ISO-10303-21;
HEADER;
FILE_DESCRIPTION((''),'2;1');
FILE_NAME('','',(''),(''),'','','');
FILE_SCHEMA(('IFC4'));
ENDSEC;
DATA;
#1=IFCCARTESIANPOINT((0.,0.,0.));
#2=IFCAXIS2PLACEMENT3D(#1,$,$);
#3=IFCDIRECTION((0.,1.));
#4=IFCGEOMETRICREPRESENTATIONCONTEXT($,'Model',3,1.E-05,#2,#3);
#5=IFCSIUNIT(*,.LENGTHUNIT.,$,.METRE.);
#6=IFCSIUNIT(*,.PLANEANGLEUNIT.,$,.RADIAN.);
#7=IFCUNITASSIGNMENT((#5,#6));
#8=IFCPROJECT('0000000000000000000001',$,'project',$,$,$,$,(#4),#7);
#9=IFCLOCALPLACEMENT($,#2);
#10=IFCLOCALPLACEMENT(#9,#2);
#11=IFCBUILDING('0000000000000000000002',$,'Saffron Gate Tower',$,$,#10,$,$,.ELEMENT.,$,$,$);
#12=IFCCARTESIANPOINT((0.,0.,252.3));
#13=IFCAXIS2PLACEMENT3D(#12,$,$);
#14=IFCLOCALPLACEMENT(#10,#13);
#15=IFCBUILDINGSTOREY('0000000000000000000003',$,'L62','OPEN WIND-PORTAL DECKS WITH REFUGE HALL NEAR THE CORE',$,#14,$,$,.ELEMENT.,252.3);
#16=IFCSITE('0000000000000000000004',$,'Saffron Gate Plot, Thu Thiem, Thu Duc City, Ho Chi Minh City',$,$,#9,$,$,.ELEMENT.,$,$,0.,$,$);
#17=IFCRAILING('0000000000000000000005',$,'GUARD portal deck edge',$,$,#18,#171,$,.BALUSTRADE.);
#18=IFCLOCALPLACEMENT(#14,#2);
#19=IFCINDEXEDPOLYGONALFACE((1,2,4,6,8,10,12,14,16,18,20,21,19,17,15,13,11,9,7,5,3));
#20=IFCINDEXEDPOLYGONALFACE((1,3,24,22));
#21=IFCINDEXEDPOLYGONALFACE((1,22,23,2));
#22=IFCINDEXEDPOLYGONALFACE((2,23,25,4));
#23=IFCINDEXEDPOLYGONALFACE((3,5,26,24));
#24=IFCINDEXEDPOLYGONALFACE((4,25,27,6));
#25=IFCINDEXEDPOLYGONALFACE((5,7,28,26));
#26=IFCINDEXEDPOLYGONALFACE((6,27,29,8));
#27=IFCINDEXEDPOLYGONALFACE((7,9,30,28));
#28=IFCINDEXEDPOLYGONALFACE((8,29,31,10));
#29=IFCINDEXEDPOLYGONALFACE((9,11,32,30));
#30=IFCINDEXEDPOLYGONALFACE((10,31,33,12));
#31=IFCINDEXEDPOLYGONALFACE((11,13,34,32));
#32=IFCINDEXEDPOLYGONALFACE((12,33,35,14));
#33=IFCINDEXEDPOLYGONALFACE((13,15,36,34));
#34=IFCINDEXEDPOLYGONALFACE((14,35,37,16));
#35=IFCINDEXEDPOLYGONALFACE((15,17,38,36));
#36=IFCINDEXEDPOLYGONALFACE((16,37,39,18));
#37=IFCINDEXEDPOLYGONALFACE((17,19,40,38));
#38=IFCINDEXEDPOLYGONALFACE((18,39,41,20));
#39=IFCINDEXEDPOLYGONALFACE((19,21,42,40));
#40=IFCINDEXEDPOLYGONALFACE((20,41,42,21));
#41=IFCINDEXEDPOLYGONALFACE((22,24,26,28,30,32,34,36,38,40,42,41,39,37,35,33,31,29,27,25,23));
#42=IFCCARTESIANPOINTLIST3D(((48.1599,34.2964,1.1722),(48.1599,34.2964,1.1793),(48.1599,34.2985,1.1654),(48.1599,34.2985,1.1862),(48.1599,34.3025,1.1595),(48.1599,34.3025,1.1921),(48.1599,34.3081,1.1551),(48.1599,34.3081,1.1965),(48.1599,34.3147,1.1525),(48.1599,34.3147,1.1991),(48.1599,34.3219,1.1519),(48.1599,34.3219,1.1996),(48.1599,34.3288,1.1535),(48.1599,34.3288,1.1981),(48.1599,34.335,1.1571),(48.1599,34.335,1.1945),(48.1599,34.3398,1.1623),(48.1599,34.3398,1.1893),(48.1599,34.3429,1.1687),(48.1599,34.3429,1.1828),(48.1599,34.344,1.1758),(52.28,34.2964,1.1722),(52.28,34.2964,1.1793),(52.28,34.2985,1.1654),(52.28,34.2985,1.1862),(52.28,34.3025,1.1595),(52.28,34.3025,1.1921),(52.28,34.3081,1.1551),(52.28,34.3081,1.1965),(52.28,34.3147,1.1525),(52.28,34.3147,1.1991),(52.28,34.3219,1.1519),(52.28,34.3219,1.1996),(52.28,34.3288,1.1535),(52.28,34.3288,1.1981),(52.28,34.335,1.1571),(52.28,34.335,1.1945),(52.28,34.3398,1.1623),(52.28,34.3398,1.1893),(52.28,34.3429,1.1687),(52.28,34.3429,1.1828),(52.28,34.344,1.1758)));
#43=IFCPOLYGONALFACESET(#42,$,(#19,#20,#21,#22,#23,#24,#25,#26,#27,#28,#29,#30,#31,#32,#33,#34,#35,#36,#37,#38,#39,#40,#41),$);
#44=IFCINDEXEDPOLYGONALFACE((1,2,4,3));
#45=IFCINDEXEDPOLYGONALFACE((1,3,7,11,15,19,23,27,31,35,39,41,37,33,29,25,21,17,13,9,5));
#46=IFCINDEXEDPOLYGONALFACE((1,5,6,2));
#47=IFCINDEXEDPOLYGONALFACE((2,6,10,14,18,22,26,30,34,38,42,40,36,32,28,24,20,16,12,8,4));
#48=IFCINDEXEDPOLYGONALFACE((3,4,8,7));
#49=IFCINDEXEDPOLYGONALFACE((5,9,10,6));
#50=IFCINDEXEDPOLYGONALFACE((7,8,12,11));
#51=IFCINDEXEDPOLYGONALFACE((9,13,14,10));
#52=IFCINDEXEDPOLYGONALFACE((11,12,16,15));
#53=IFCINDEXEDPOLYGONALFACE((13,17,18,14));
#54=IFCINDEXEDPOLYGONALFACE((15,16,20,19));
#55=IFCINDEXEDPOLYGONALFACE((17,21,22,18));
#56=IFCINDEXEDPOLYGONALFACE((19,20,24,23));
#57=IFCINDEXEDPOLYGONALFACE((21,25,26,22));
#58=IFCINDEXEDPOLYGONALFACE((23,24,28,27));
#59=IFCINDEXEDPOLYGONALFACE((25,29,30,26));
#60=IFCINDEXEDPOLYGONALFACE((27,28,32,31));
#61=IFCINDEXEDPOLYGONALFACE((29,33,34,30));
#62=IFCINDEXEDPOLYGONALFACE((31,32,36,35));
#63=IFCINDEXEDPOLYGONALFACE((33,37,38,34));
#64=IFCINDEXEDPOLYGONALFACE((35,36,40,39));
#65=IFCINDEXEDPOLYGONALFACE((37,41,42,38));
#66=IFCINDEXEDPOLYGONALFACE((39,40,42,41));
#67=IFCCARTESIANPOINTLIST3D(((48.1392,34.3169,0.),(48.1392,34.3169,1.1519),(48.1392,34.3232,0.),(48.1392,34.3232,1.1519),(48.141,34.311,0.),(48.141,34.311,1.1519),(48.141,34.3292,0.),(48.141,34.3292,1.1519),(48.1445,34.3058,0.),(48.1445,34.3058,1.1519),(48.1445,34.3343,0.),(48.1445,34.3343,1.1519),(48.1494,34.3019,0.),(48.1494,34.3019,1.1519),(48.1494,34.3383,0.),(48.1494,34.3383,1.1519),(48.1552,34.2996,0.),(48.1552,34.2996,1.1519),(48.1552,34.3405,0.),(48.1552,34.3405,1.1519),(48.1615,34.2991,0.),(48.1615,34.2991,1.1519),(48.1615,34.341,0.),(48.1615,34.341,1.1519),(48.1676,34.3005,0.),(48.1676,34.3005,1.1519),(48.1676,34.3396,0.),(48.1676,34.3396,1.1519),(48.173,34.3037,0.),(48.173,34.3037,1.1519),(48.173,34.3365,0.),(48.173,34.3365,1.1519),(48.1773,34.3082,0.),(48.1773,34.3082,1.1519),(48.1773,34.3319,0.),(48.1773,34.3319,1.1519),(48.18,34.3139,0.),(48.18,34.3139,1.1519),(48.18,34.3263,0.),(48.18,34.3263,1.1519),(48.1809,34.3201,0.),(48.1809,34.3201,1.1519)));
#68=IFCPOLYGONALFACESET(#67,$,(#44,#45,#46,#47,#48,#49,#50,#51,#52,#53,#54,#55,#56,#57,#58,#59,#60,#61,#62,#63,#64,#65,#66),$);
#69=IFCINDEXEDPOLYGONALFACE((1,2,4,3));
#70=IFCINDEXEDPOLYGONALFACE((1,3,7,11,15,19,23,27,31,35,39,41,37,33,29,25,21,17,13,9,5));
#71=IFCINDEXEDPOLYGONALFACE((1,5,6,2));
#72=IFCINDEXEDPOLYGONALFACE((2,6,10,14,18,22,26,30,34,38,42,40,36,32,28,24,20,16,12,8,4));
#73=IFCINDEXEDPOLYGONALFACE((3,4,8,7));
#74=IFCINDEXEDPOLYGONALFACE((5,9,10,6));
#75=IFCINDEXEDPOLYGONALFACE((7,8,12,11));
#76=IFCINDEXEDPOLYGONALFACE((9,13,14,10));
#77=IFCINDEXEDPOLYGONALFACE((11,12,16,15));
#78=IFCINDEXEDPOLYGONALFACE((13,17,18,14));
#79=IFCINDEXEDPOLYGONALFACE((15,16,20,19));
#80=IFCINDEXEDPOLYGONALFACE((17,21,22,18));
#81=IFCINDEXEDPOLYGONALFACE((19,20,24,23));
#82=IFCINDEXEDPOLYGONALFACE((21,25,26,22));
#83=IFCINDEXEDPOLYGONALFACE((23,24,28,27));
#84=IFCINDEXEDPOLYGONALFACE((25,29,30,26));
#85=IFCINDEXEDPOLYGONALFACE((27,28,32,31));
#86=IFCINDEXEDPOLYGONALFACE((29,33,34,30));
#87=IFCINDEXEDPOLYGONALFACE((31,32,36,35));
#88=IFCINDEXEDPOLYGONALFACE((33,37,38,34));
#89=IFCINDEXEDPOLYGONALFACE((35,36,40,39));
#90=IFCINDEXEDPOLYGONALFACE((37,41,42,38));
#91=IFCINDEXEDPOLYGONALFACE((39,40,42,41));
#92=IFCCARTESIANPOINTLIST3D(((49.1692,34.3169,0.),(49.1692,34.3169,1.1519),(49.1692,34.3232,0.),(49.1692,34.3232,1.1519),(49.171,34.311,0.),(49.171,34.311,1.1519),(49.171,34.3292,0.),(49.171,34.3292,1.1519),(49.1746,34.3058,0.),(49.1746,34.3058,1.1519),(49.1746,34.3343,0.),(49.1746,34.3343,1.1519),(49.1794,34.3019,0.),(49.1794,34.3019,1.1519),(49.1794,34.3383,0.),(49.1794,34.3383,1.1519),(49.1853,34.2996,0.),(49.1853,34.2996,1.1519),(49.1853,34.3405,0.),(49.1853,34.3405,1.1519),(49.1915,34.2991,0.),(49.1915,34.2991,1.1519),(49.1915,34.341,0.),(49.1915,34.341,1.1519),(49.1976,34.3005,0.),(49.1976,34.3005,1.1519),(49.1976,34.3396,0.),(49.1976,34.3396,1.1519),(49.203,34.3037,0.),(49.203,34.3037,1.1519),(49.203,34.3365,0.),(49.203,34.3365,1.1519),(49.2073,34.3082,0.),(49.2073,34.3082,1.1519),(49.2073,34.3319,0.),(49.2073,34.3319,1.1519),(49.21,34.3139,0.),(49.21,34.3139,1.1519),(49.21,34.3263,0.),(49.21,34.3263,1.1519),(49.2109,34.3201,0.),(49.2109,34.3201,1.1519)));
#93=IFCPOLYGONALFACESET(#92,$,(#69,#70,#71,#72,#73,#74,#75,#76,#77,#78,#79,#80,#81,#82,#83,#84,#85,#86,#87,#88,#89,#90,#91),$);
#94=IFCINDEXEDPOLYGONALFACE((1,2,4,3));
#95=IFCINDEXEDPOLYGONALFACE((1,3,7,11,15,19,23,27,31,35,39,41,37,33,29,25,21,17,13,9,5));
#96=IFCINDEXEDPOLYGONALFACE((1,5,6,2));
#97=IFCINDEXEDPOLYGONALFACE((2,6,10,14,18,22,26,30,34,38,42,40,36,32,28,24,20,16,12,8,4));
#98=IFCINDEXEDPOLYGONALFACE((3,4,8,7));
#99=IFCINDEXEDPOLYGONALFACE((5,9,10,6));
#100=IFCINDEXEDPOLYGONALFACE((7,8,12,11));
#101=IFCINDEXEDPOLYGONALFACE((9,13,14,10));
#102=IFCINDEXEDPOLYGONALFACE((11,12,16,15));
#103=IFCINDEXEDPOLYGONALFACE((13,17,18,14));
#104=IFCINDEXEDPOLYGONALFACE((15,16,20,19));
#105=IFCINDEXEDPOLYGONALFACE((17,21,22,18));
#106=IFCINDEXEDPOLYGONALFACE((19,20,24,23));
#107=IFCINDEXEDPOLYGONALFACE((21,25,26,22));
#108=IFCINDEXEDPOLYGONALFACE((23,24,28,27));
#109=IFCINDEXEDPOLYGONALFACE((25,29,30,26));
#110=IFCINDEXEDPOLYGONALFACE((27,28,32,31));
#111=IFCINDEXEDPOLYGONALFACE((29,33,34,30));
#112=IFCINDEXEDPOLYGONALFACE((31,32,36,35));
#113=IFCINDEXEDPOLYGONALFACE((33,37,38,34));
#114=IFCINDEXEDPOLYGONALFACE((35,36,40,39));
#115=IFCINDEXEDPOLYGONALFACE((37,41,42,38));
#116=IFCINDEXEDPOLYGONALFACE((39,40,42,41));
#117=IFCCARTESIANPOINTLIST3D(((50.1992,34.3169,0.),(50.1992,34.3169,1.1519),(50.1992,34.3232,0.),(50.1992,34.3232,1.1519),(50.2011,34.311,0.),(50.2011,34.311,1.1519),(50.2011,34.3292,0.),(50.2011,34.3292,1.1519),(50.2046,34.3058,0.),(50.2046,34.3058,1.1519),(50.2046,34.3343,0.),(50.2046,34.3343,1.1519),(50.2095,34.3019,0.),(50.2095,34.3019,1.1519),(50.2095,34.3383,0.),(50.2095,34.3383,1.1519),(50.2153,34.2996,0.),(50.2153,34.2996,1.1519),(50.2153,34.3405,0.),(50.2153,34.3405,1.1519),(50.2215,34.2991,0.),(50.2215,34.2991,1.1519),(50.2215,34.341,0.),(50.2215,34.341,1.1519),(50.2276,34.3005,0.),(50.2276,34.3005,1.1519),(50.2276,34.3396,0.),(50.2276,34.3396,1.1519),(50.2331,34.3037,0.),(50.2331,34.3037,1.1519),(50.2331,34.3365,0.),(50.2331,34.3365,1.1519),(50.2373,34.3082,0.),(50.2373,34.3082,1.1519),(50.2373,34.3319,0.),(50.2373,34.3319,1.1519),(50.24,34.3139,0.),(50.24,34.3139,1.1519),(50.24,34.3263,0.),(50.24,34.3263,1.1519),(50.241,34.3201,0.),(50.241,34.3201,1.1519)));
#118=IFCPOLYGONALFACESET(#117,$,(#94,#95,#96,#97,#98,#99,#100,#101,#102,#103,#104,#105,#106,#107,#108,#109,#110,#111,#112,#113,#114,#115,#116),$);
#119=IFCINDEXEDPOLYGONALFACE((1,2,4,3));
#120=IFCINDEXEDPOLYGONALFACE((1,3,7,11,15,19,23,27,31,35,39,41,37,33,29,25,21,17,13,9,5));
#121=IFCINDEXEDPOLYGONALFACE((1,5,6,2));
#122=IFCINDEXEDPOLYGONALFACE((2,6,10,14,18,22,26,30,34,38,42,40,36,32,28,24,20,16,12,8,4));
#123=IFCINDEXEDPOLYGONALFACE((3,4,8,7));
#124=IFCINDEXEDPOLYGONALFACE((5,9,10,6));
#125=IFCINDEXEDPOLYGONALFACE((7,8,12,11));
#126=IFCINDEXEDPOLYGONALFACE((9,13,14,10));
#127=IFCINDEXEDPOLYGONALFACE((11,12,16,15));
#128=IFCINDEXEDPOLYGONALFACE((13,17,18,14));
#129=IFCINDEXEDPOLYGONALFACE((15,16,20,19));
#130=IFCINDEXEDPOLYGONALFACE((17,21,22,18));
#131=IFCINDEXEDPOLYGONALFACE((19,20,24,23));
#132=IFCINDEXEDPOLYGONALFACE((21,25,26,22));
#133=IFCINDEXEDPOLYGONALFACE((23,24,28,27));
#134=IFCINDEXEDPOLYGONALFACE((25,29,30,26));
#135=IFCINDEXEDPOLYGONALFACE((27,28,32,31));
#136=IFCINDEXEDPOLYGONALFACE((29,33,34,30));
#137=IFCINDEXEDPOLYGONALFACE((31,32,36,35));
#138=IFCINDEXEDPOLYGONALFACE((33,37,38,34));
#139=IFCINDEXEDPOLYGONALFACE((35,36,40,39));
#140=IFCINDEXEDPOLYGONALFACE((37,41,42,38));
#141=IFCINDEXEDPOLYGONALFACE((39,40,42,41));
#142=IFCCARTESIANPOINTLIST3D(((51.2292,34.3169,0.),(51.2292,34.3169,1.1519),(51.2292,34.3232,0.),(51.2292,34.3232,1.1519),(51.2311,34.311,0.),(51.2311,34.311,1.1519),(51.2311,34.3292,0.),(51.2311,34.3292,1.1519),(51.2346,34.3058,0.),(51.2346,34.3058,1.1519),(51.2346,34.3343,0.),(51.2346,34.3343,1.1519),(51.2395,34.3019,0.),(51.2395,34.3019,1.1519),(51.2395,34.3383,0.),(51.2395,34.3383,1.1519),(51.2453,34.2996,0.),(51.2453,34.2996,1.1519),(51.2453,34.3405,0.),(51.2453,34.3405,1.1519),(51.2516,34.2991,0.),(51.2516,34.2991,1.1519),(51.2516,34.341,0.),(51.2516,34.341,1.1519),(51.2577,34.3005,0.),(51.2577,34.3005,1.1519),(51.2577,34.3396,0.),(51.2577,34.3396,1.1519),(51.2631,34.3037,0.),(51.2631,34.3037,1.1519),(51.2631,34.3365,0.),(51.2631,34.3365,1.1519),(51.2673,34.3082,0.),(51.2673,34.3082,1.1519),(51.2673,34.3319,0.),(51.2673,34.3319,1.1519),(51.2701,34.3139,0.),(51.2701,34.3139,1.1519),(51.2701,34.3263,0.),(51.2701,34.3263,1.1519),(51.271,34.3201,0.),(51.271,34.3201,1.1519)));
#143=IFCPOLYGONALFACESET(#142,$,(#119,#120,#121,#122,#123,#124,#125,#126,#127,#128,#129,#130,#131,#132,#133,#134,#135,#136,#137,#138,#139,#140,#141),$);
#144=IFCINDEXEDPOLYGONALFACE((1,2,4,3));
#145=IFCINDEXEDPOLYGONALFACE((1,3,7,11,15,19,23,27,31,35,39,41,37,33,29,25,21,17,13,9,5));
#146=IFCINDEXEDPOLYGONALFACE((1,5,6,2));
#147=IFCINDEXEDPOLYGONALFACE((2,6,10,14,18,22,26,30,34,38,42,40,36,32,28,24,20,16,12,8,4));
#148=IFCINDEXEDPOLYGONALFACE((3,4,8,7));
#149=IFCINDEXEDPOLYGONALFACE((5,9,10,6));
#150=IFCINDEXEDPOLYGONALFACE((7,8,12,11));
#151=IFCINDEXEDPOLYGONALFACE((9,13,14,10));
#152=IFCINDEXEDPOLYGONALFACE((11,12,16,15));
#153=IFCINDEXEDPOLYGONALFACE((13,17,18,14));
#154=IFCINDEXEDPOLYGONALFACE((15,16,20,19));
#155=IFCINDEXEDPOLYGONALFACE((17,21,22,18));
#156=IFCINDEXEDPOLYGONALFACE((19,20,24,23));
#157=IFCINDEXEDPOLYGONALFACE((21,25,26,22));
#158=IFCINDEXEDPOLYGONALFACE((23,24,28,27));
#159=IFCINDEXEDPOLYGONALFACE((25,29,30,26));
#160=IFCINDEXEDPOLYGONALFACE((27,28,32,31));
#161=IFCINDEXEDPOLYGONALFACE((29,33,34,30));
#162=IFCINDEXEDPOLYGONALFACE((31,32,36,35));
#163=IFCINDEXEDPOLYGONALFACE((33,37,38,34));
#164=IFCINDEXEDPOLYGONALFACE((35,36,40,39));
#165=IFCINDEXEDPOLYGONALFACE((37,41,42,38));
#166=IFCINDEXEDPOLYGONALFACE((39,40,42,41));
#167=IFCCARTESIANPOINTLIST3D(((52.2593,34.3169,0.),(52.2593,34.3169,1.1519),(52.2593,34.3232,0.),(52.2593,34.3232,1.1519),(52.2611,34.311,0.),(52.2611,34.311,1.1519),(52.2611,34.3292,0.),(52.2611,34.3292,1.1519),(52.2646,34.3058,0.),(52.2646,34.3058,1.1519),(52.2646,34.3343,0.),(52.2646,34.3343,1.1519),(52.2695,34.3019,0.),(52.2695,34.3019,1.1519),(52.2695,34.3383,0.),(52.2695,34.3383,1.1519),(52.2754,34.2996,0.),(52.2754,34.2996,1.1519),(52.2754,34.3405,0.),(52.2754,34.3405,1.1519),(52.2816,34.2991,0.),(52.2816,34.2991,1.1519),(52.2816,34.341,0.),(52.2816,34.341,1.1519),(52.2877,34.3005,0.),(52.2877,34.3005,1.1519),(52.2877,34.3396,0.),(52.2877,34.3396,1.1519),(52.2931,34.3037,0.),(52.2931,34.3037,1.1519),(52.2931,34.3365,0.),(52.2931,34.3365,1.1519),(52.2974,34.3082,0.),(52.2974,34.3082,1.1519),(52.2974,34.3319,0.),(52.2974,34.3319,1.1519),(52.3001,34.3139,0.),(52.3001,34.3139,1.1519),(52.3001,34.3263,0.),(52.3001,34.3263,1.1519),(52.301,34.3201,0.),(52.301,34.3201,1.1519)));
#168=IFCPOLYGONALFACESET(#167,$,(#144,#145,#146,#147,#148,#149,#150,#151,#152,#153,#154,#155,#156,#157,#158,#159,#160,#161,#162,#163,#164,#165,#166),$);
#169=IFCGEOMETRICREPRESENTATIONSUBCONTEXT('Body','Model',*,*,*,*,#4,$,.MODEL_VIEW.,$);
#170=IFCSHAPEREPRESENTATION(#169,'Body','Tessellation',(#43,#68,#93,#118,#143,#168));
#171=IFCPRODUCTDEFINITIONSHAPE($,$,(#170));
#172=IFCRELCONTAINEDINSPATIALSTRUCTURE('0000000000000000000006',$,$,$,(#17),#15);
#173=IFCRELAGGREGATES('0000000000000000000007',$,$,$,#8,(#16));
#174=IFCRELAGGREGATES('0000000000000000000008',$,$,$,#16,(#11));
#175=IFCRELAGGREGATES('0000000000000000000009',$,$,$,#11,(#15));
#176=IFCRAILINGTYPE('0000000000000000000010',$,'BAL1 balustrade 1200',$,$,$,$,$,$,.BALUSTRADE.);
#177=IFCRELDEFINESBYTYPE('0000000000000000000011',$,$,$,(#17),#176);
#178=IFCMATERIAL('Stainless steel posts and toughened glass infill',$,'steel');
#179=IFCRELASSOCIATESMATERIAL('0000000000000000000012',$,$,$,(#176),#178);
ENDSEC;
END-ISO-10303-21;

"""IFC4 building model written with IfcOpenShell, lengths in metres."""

from ifc_helpers import new_model, si_unit, direction, frame, origin, origin_2d, place, context, subcontext, project, spatial, circle, extrude, material, type_object, element, save


model = new_model("IFC4")

# Units and contexts
model_context = context("Model", 3, precision=1e-05, world=origin(), true_north=direction((0.0, 1.0)))
body_context = subcontext(model_context, "Body", "Model", "MODEL_VIEW")
ifc_project = project(units=[si_unit("LENGTHUNIT", "METRE"), si_unit("PLANEANGLEUNIT", "RADIAN")], contexts=[model_context])

# Site, building, storey
site_placement = place(None, origin())
site = spatial("IfcSite", under=ifc_project, at=site_placement, Name="Saffron Gate Plot, Thu Thiem, Thu Duc City, Ho Chi Minh City", CompositionType="ELEMENT", RefElevation=0.0)
building_placement = place(site_placement, origin())
building = spatial("IfcBuilding", under=site, at=building_placement, Name="Saffron Gate Tower", CompositionType="ELEMENT")
storey_placement = place(building_placement, frame((0.0, 0.0, 252.3)))
storey = spatial("IfcBuildingStorey", under=building, at=storey_placement, Name="L62", Description="OPEN WIND-PORTAL DECKS WITH REFUGE HALL NEAR THE CORE", CompositionType="ELEMENT", Elevation=252.3)

# Railing
ifc_material_1 = material(Name="Stainless steel posts and toughened glass infill", Category="steel")
railing_type = type_object("IfcRailingType", Name="BAL1 balustrade 1200", PredefinedType="BALUSTRADE", material=ifc_material_1)
railing_1_placement = place(storey_placement, frame((48.1599, 34.3201, 0.0)))
element("IfcRailing", 1, at=railing_1_placement, inside=storey, type_object=railing_type, Name="GUARD portal deck edge", PredefinedType="BALUSTRADE", context=body_context, shape_type="SweptSolid", body=[
    extrude(circle(Radius=0.0239, at=origin_2d()), frame((0.0, 0.0, 1.1758), z_axis=(1.0, 0.0, 0.0), x_axis=(0.0, 1.0, 0.0)), (0.0, 0.0, 1.0), 4.1201),
    extrude(circle(Radius=0.021, at=origin_2d()), origin(), (0.0, 0.0, 1.0), 1.1519),
    extrude(circle(Radius=0.021, at=origin_2d()), frame((1.03, 0.0, 0.0)), (0.0, 0.0, 1.0), 1.1519),
    extrude(circle(Radius=0.021, at=origin_2d()), frame((2.0601, 0.0, 0.0)), (0.0, 0.0, 1.0), 1.1519),
    extrude(circle(Radius=0.021, at=origin_2d()), frame((3.0901, 0.0, 0.0)), (0.0, 0.0, 1.0), 1.1519),
    extrude(circle(Radius=0.021, at=origin_2d()), frame((4.1201, 0.0, 0.0)), (0.0, 0.0, 1.0), 1.1519),
])

save(model, "model.ifc")
